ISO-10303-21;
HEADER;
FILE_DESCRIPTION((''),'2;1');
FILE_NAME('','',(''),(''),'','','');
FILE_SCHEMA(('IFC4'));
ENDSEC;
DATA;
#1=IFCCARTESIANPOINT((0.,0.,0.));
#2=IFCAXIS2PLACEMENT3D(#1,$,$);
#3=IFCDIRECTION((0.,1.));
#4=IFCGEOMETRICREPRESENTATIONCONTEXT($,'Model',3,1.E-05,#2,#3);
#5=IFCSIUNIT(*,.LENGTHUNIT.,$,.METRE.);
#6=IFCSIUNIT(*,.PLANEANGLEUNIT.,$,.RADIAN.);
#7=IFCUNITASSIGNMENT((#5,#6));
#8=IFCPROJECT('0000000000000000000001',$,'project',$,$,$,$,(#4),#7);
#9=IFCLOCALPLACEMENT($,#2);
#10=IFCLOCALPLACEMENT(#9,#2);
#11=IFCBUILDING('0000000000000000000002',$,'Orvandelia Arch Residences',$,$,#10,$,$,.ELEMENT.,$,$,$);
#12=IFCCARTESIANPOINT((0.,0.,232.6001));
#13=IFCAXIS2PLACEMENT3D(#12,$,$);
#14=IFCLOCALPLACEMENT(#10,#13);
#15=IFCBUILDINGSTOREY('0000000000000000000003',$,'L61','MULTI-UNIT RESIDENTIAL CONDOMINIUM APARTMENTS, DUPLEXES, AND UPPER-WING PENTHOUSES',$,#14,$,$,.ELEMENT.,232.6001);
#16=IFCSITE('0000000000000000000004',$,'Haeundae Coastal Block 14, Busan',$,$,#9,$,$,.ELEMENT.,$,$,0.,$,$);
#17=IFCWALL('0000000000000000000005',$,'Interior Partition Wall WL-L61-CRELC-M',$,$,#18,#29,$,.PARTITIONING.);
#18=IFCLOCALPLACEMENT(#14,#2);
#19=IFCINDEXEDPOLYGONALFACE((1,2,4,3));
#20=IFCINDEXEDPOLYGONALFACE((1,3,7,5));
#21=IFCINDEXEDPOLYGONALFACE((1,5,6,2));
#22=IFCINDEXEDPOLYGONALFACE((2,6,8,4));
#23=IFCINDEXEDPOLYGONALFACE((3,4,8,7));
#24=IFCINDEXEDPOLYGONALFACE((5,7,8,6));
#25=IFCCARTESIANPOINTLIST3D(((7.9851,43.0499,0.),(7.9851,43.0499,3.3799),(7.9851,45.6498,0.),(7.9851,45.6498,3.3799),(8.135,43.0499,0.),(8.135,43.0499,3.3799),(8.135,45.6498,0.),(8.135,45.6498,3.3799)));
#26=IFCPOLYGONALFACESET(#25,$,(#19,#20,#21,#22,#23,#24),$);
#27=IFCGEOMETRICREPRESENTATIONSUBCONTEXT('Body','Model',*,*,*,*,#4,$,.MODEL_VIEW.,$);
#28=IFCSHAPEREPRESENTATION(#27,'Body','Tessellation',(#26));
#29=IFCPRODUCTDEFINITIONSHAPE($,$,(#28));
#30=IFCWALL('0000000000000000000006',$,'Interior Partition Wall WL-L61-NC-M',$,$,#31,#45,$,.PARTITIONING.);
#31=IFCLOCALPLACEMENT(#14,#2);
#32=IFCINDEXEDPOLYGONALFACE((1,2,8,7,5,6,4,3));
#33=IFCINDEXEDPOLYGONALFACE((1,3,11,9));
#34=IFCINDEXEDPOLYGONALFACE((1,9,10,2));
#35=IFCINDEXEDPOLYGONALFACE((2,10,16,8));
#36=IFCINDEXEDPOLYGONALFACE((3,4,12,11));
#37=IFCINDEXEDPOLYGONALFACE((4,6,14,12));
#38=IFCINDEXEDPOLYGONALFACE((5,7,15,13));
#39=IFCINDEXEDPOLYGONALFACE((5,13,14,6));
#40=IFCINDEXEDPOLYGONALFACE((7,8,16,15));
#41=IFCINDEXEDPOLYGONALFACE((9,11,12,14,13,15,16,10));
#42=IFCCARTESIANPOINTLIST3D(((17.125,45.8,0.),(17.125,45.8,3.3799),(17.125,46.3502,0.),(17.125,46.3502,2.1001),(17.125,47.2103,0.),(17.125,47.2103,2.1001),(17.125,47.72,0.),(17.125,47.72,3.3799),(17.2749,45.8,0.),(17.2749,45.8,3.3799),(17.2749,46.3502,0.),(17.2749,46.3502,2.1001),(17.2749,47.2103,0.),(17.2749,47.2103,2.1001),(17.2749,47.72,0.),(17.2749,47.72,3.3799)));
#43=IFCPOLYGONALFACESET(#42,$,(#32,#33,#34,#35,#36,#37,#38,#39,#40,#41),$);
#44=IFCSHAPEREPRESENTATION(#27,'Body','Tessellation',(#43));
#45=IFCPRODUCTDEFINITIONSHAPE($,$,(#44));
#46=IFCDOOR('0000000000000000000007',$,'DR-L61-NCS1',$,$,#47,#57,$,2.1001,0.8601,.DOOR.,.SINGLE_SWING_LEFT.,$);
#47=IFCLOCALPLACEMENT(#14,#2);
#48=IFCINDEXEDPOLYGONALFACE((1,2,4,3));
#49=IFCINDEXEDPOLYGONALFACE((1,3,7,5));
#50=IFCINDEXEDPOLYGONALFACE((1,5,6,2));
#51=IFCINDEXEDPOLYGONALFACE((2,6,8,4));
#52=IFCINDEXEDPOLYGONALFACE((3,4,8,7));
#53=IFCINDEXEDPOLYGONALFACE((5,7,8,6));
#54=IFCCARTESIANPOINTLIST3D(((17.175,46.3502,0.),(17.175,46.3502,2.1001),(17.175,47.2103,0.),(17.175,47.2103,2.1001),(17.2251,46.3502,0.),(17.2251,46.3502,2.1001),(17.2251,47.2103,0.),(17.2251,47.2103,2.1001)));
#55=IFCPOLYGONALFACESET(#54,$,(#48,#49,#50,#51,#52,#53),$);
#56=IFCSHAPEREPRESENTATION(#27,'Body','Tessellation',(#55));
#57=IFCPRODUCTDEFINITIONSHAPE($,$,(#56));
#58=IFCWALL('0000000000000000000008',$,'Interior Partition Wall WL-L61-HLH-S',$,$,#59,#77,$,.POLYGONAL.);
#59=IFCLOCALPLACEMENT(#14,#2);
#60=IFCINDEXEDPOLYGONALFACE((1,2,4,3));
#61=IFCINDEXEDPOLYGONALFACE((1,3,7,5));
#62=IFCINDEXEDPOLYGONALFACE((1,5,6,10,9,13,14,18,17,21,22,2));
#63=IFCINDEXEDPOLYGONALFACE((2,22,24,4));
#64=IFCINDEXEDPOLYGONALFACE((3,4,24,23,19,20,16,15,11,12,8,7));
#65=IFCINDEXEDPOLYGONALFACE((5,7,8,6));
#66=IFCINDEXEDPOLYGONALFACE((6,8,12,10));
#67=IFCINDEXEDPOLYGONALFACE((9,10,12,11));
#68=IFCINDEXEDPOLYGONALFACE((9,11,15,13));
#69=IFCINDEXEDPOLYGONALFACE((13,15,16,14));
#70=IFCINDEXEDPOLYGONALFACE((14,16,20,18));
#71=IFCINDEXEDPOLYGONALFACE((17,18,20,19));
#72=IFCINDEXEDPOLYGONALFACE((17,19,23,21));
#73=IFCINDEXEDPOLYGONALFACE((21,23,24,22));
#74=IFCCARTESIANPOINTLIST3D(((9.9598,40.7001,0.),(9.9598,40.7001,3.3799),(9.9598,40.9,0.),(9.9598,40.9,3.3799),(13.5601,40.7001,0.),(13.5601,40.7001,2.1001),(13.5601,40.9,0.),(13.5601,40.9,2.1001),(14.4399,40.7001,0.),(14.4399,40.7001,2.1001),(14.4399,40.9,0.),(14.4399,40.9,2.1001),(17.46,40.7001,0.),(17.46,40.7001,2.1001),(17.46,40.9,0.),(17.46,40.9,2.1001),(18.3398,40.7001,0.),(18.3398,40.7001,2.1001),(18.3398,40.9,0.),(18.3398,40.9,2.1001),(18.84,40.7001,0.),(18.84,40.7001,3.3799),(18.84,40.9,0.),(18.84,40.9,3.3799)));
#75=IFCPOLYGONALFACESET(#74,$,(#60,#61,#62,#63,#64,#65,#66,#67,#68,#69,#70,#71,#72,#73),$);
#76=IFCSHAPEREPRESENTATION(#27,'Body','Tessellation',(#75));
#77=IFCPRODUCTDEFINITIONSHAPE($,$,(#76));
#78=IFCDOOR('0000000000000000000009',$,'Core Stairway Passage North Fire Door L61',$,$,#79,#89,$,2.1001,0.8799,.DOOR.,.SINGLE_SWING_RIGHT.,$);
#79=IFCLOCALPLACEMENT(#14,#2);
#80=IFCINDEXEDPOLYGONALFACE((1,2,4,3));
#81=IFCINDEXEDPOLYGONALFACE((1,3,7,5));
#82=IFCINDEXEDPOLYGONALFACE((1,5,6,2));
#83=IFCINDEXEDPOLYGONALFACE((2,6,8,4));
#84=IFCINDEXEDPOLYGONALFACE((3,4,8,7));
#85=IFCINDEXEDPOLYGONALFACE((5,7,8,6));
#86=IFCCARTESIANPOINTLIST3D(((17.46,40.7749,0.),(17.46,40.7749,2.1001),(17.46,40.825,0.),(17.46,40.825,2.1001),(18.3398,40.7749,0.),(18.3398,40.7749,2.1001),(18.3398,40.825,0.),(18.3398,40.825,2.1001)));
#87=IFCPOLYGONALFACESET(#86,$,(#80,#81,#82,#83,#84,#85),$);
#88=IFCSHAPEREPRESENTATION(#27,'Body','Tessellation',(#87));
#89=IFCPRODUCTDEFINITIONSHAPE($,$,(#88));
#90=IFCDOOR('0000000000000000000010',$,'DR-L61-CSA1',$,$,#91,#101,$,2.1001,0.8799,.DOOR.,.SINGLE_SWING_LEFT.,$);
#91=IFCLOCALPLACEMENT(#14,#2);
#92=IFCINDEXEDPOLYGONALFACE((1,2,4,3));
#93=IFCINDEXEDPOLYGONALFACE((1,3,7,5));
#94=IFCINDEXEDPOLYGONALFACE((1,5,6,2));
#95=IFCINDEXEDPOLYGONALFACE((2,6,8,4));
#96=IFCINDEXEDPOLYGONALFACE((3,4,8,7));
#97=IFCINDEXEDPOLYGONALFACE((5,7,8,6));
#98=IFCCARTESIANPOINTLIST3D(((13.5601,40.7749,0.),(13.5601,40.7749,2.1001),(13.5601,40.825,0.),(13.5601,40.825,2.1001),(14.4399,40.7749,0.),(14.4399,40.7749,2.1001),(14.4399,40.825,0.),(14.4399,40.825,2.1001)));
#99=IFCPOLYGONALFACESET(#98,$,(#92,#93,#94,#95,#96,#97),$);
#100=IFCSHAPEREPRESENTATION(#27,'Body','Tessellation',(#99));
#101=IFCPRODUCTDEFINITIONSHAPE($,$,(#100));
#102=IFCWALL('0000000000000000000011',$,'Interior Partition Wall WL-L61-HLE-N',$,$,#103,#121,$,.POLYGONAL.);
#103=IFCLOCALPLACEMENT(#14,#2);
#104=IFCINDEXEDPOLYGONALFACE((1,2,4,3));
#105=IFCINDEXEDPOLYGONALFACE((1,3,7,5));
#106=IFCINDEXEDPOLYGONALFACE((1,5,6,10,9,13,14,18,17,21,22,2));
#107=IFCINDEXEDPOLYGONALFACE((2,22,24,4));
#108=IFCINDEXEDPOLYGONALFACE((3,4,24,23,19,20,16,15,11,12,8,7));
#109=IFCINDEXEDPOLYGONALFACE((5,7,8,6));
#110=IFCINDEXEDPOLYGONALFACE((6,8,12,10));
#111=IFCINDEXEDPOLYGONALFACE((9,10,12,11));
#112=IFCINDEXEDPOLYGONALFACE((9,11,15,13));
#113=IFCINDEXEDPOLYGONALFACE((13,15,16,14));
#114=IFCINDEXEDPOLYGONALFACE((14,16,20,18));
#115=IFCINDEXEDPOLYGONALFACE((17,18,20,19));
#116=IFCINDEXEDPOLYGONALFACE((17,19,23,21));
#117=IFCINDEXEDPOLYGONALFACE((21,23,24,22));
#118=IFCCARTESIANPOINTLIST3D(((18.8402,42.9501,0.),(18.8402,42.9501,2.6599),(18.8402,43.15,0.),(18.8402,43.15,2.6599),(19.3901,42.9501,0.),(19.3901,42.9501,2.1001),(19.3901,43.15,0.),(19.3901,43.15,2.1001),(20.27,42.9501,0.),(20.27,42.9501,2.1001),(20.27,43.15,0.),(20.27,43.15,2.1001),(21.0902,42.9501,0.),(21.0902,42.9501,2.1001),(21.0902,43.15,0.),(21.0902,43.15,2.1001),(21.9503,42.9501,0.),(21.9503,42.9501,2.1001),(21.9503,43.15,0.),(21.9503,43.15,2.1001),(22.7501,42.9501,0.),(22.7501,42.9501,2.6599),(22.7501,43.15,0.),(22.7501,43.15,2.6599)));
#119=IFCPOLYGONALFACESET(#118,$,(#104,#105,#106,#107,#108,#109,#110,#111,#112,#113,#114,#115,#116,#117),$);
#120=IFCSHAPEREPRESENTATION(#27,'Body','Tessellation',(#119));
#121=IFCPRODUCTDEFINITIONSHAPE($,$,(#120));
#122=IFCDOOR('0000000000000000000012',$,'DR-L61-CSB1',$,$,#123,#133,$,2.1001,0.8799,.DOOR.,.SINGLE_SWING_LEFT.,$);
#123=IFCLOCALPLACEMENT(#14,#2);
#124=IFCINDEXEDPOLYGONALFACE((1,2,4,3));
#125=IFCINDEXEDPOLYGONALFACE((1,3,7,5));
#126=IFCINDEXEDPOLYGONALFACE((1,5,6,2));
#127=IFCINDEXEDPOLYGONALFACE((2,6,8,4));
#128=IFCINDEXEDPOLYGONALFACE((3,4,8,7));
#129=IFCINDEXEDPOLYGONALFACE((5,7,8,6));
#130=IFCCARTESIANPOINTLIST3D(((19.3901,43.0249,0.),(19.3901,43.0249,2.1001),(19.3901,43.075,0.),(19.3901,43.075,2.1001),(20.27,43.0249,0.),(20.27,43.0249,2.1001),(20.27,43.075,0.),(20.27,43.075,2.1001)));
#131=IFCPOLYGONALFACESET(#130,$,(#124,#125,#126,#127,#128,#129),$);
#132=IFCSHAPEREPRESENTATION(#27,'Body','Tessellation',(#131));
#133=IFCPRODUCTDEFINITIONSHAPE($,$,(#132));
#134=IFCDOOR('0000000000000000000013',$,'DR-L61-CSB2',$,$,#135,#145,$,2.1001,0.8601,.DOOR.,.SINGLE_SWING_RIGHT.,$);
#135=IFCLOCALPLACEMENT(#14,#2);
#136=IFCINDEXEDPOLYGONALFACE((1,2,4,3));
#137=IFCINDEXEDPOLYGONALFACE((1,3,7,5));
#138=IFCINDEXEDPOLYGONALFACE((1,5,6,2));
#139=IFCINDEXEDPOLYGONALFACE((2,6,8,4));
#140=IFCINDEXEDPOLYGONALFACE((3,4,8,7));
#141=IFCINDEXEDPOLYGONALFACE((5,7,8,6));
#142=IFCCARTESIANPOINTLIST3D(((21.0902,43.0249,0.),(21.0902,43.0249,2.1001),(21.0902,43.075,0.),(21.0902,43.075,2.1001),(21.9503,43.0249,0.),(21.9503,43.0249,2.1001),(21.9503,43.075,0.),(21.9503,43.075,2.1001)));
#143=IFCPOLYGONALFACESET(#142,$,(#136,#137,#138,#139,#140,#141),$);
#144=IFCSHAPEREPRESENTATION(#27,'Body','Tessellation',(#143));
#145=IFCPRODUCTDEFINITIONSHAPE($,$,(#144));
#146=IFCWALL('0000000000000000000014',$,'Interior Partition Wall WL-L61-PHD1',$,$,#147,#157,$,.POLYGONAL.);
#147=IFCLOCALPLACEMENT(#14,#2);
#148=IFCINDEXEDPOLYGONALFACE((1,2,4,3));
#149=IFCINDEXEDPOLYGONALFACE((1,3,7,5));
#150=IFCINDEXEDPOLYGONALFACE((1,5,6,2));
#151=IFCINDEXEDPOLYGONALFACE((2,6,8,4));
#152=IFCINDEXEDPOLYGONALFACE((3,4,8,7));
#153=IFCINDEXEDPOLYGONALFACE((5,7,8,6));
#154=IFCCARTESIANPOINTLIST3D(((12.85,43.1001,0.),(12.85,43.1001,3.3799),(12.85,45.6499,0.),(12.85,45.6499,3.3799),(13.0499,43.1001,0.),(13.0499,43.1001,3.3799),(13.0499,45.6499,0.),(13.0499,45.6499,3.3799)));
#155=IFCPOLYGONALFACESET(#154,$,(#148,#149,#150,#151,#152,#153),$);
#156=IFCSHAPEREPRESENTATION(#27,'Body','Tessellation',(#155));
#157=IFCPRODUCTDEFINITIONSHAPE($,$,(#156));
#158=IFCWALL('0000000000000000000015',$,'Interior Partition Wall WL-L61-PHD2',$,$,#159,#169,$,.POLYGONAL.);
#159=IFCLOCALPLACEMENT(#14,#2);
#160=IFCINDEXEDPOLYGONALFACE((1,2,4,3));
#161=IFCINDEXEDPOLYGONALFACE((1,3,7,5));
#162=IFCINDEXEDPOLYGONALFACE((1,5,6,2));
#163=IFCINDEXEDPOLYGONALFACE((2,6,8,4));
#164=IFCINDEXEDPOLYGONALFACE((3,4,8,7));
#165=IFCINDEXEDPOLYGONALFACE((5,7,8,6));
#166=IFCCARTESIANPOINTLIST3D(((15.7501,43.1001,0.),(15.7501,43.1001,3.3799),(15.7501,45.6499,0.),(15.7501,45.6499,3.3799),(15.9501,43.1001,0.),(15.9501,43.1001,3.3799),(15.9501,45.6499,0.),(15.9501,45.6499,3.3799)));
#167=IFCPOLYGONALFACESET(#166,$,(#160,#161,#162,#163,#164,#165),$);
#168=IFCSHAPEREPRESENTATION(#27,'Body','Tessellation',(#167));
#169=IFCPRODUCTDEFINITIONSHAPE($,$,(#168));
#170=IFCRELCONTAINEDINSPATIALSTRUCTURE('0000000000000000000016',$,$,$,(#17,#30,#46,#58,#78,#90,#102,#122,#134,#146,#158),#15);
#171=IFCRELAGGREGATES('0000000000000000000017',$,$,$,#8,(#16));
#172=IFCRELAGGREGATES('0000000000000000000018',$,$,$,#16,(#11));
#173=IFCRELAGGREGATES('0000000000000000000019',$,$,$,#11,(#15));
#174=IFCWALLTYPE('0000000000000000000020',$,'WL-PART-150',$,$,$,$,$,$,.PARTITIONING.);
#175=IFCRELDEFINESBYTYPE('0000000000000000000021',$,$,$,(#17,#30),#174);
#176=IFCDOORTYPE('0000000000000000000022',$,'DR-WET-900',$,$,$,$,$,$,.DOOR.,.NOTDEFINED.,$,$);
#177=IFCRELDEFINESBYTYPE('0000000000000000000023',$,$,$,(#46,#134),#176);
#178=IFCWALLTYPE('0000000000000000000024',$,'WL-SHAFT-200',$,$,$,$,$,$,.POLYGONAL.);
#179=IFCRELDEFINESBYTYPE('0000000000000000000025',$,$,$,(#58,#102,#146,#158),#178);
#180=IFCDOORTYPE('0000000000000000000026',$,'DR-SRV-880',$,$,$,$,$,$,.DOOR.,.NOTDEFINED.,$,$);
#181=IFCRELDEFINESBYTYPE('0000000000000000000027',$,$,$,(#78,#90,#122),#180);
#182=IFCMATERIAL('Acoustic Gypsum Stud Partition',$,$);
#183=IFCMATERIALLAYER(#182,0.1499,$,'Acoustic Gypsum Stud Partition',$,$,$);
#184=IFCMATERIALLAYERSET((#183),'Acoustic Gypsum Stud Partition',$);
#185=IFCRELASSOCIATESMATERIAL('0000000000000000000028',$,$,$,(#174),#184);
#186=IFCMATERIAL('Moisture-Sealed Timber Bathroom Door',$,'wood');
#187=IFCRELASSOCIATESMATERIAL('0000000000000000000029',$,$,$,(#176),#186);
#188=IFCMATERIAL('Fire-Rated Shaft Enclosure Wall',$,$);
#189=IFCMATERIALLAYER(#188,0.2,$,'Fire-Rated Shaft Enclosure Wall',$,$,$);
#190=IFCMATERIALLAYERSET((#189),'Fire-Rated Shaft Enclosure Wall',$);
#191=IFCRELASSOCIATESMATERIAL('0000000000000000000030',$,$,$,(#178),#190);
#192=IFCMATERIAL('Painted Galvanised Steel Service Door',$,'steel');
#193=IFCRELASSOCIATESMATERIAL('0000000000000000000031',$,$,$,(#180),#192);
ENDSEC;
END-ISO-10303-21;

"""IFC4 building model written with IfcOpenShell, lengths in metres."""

from ifc_helpers import new_model, si_unit, direction, frame, frame_2d, origin, place, context, subcontext, project, spatial, rectangle, extrude, material, layer, layer_set, type_object, element, fill, save


model = new_model("IFC4")

# Units and contexts
model_context = context("Model", 3, precision=1e-05, world=origin(), true_north=direction((0.0, 1.0)))
body_context = subcontext(model_context, "Body", "Model", "MODEL_VIEW")
ifc_project = project(units=[si_unit("LENGTHUNIT", "METRE"), si_unit("PLANEANGLEUNIT", "RADIAN")], contexts=[model_context])

# Site, building, storey
site_placement = place(None, origin())
site = spatial("IfcSite", under=ifc_project, at=site_placement, Name="Haeundae Coastal Block 14, Busan", CompositionType="ELEMENT", RefElevation=0.0)
building_placement = place(site_placement, origin())
building = spatial("IfcBuilding", under=site, at=building_placement, Name="Orvandelia Arch Residences", CompositionType="ELEMENT")
storey_placement = place(building_placement, frame((0.0, 0.0, 232.6001)))
storey = spatial("IfcBuildingStorey", under=building, at=storey_placement, Name="L61", Description="MULTI-UNIT RESIDENTIAL CONDOMINIUM APARTMENTS, DUPLEXES, AND UPPER-WING PENTHOUSES", CompositionType="ELEMENT", Elevation=232.6001)

# Wall
ifc_material_1 = material(Name="Acoustic Gypsum Stud Partition")
ifc_layer_1 = layer(ifc_material_1, 0.1499, Name="Acoustic Gypsum Stud Partition")
ifc_layer_set_1 = layer_set([ifc_layer_1], Name="Acoustic Gypsum Stud Partition")
wall_type_1 = type_object("IfcWallType", Name="WL-PART-150", PredefinedType="PARTITIONING", material=ifc_layer_set_1)
wall_1_placement = place(storey_placement, frame((8.0601, 43.05, 0.0), z_axis=(0.0, 0.0, 1.0), x_axis=(0.0, 1.0, 0.0)))
element("IfcWall", 1, at=wall_1_placement, inside=storey, type_object=wall_type_1, Name="Interior Partition Wall WL-L61-CRELC-M", PredefinedType="PARTITIONING", context=body_context, shape_type="SweptSolid", body=[
    extrude(rectangle(XDim=2.5999, YDim=0.1499, at=frame_2d((1.2998, 0.0))), origin(), (0.0, 0.0, 1.0), 3.3799),
])

# Wall, opening, door
wall_2_placement = place(storey_placement, frame((17.2, 45.8, 0.0), z_axis=(0.0, 0.0, 1.0), x_axis=(0.0, 1.0, 0.0)))
wall_2 = element("IfcWall", 2, at=wall_2_placement, inside=storey, type_object=wall_type_1, Name="Interior Partition Wall WL-L61-NC-M", PredefinedType="PARTITIONING", context=body_context, shape_type="SweptSolid", body=[
    extrude(rectangle(XDim=1.9199, YDim=0.1499, at=frame_2d((0.96, 0.0))), origin(), (0.0, 0.0, 1.0), 3.3799),
])
opening_1_placement = place(wall_2_placement, frame((0.55, 0.0, 0.0)))
opening_1 = element("IfcOpeningElement", 3, at=opening_1_placement, cuts=wall_2, PredefinedType="OPENING", context=body_context, shape_type="SweptSolid", body=[
    extrude(rectangle(XDim=0.8601, YDim=2.1001, at=frame_2d((0.4302, 1.05))), frame((0.0, 0.085, 0.0), z_axis=(0.0, -1.0, 0.0), x_axis=(1.0, 0.0, 0.0)), (0.0, 0.0, 1.0), 0.1699),
])
ifc_material_2 = material(Name="Moisture-Sealed Timber Bathroom Door", Category="wood")
door_type_1 = type_object("IfcDoorType", Name="DR-WET-900", OperationType="NOTDEFINED", PredefinedType="DOOR", material=ifc_material_2)
door_1_placement = place(opening_1_placement, origin())
door_1 = element("IfcDoor", 4, at=door_1_placement, inside=storey, type_object=door_type_1, Name="DR-L61-NCS1", OperationType="SINGLE_SWING_LEFT", OverallHeight=2.1001, OverallWidth=0.8601, PredefinedType="DOOR", context=body_context, shape_type="SweptSolid", body=[
    extrude(rectangle(XDim=0.8601, YDim=2.1001, at=frame_2d((0.4302, 1.05))), frame((0.0, 0.0249, 0.0), z_axis=(0.0, -1.0, 0.0), x_axis=(1.0, 0.0, 0.0)), (0.0, 0.0, 1.0), 0.05),
])
fill(opening_1, door_1)

# Walls, openings, doors
ifc_material_3 = material(Name="Fire-Rated Shaft Enclosure Wall")
ifc_layer_2 = layer(ifc_material_3, 0.2, Name="Fire-Rated Shaft Enclosure Wall")
ifc_layer_set_2 = layer_set([ifc_layer_2], Name="Fire-Rated Shaft Enclosure Wall")
wall_type_2 = type_object("IfcWallType", Name="WL-SHAFT-200", PredefinedType="POLYGONAL", material=ifc_layer_set_2)
wall_3_placement = place(storey_placement, frame((9.96, 40.8, 0.0), z_axis=(0.0, 0.0, 1.0), x_axis=(1.0, 0.0, 0.0)))
wall_3 = element("IfcWall", 5, at=wall_3_placement, inside=storey, type_object=wall_type_2, Name="Interior Partition Wall WL-L61-HLH-S", PredefinedType="POLYGONAL", context=body_context, shape_type="SweptSolid", body=[
    extrude(rectangle(XDim=8.8801, YDim=0.2, at=frame_2d((4.4399, 0.0))), origin(), (0.0, 0.0, 1.0), 3.3799),
])
opening_2_placement = place(wall_3_placement, frame((7.5, 0.0, 0.0)))
opening_2 = element("IfcOpeningElement", 6, at=opening_2_placement, cuts=wall_3, PredefinedType="OPENING", context=body_context, shape_type="SweptSolid", body=[
    extrude(rectangle(XDim=0.8799, YDim=2.1001, at=frame_2d((0.4399, 1.05))), frame((0.0, 0.1099, 0.0), z_axis=(0.0, -1.0, 0.0), x_axis=(1.0, 0.0, 0.0)), (0.0, 0.0, 1.0), 0.22),
])
opening_3_placement = place(wall_3_placement, frame((3.6001, 0.0, 0.0)))
opening_3 = element("IfcOpeningElement", 7, at=opening_3_placement, cuts=wall_3, PredefinedType="OPENING", context=body_context, shape_type="SweptSolid", body=[
    extrude(rectangle(XDim=0.8799, YDim=2.1001, at=frame_2d((0.4399, 1.05))), frame((0.0, 0.1099, 0.0), z_axis=(0.0, -1.0, 0.0), x_axis=(1.0, 0.0, 0.0)), (0.0, 0.0, 1.0), 0.22),
])
ifc_material_4 = material(Name="Painted Galvanised Steel Service Door", Category="steel")
door_type_2 = type_object("IfcDoorType", Name="DR-SRV-880", OperationType="NOTDEFINED", PredefinedType="DOOR", material=ifc_material_4)
door_2_placement = place(opening_2_placement, origin())
door_2 = element("IfcDoor", 8, at=door_2_placement, inside=storey, type_object=door_type_2, Name="Core Stairway Passage North Fire Door L61", OperationType="SINGLE_SWING_RIGHT", OverallHeight=2.1001, OverallWidth=0.8799, PredefinedType="DOOR", context=body_context, shape_type="SweptSolid", body=[
    extrude(rectangle(XDim=0.8799, YDim=2.1001, at=frame_2d((0.4399, 1.05))), frame((0.0, 0.0249, 0.0), z_axis=(0.0, -1.0, 0.0), x_axis=(1.0, 0.0, 0.0)), (0.0, 0.0, 1.0), 0.05),
])
fill(opening_2, door_2)
door_3_placement = place(opening_3_placement, origin())
door_3 = element("IfcDoor", 9, at=door_3_placement, inside=storey, type_object=door_type_2, Name="DR-L61-CSA1", OperationType="SINGLE_SWING_LEFT", OverallHeight=2.1001, OverallWidth=0.8799, PredefinedType="DOOR", context=body_context, shape_type="SweptSolid", body=[
    extrude(rectangle(XDim=0.8799, YDim=2.1001, at=frame_2d((0.4399, 1.05))), frame((0.0, 0.0249, 0.0), z_axis=(0.0, -1.0, 0.0), x_axis=(1.0, 0.0, 0.0)), (0.0, 0.0, 1.0), 0.05),
])
fill(opening_3, door_3)
wall_4_placement = place(storey_placement, frame((18.8401, 43.05, 0.0), z_axis=(0.0, 0.0, 1.0), x_axis=(1.0, 0.0, 0.0)))
wall_4 = element("IfcWall", 10, at=wall_4_placement, inside=storey, type_object=wall_type_2, Name="Interior Partition Wall WL-L61-HLE-N", PredefinedType="POLYGONAL", context=body_context, shape_type="SweptSolid", body=[
    extrude(rectangle(XDim=3.9099, YDim=0.2, at=frame_2d((1.9551, 0.0))), origin(), (0.0, 0.0, 1.0), 2.6599),
])
opening_4_placement = place(wall_4_placement, frame((0.55, 0.0, 0.0)))
opening_4 = element("IfcOpeningElement", 11, at=opening_4_placement, cuts=wall_4, PredefinedType="OPENING", context=body_context, shape_type="SweptSolid", body=[
    extrude(rectangle(XDim=0.8799, YDim=2.1001, at=frame_2d((0.4399, 1.05))), frame((0.0, 0.1099, 0.0), z_axis=(0.0, -1.0, 0.0), x_axis=(1.0, 0.0, 0.0)), (0.0, 0.0, 1.0), 0.22),
])
opening_5_placement = place(wall_4_placement, frame((2.25, 0.0, 0.0)))
opening_5 = element("IfcOpeningElement", 12, at=opening_5_placement, cuts=wall_4, PredefinedType="OPENING", context=body_context, shape_type="SweptSolid", body=[
    extrude(rectangle(XDim=0.8601, YDim=2.1001, at=frame_2d((0.4302, 1.05))), frame((0.0, 0.1099, 0.0), z_axis=(0.0, -1.0, 0.0), x_axis=(1.0, 0.0, 0.0)), (0.0, 0.0, 1.0), 0.22),
])
door_4_placement = place(opening_4_placement, origin())
door_4 = element("IfcDoor", 13, at=door_4_placement, inside=storey, type_object=door_type_2, Name="DR-L61-CSB1", OperationType="SINGLE_SWING_LEFT", OverallHeight=2.1001, OverallWidth=0.8799, PredefinedType="DOOR", context=body_context, shape_type="SweptSolid", body=[
    extrude(rectangle(XDim=0.8799, YDim=2.1001, at=frame_2d((0.4399, 1.05))), frame((0.0, 0.0249, 0.0), z_axis=(0.0, -1.0, 0.0), x_axis=(1.0, 0.0, 0.0)), (0.0, 0.0, 1.0), 0.05),
])
fill(opening_4, door_4)
door_5_placement = place(opening_5_placement, origin())
door_5 = element("IfcDoor", 14, at=door_5_placement, inside=storey, type_object=door_type_1, Name="DR-L61-CSB2", OperationType="SINGLE_SWING_RIGHT", OverallHeight=2.1001, OverallWidth=0.8601, PredefinedType="DOOR", context=body_context, shape_type="SweptSolid", body=[
    extrude(rectangle(XDim=0.8601, YDim=2.1001, at=frame_2d((0.4302, 1.05))), frame((0.0, 0.0249, 0.0), z_axis=(0.0, -1.0, 0.0), x_axis=(1.0, 0.0, 0.0)), (0.0, 0.0, 1.0), 0.05),
])
fill(opening_5, door_5)

# Walls
for number, where, z_axis, x_axis, name in (
    (15, (12.95, 43.1001, 0.0), (0.0, 0.0, 1.0), (0.0, 1.0, 0.0), "Interior Partition Wall WL-L61-PHD1"),
    (16, (15.8501, 43.1001, 0.0), (0.0, 0.0, 1.0), (0.0, 1.0, 0.0), "Interior Partition Wall WL-L61-PHD2"),
):
    element("IfcWall", number, at=place(storey_placement, frame(where, z_axis=z_axis, x_axis=x_axis)), inside=storey, type_object=wall_type_2, Name=name, PredefinedType="POLYGONAL", context=body_context, shape_type="SweptSolid", body=[
        extrude(rectangle(XDim=2.5498, YDim=0.2, at=frame_2d((1.2749, 0.0))), origin(), (0.0, 0.0, 1.0), 3.3799),
    ])

save(model, "model.ifc")
